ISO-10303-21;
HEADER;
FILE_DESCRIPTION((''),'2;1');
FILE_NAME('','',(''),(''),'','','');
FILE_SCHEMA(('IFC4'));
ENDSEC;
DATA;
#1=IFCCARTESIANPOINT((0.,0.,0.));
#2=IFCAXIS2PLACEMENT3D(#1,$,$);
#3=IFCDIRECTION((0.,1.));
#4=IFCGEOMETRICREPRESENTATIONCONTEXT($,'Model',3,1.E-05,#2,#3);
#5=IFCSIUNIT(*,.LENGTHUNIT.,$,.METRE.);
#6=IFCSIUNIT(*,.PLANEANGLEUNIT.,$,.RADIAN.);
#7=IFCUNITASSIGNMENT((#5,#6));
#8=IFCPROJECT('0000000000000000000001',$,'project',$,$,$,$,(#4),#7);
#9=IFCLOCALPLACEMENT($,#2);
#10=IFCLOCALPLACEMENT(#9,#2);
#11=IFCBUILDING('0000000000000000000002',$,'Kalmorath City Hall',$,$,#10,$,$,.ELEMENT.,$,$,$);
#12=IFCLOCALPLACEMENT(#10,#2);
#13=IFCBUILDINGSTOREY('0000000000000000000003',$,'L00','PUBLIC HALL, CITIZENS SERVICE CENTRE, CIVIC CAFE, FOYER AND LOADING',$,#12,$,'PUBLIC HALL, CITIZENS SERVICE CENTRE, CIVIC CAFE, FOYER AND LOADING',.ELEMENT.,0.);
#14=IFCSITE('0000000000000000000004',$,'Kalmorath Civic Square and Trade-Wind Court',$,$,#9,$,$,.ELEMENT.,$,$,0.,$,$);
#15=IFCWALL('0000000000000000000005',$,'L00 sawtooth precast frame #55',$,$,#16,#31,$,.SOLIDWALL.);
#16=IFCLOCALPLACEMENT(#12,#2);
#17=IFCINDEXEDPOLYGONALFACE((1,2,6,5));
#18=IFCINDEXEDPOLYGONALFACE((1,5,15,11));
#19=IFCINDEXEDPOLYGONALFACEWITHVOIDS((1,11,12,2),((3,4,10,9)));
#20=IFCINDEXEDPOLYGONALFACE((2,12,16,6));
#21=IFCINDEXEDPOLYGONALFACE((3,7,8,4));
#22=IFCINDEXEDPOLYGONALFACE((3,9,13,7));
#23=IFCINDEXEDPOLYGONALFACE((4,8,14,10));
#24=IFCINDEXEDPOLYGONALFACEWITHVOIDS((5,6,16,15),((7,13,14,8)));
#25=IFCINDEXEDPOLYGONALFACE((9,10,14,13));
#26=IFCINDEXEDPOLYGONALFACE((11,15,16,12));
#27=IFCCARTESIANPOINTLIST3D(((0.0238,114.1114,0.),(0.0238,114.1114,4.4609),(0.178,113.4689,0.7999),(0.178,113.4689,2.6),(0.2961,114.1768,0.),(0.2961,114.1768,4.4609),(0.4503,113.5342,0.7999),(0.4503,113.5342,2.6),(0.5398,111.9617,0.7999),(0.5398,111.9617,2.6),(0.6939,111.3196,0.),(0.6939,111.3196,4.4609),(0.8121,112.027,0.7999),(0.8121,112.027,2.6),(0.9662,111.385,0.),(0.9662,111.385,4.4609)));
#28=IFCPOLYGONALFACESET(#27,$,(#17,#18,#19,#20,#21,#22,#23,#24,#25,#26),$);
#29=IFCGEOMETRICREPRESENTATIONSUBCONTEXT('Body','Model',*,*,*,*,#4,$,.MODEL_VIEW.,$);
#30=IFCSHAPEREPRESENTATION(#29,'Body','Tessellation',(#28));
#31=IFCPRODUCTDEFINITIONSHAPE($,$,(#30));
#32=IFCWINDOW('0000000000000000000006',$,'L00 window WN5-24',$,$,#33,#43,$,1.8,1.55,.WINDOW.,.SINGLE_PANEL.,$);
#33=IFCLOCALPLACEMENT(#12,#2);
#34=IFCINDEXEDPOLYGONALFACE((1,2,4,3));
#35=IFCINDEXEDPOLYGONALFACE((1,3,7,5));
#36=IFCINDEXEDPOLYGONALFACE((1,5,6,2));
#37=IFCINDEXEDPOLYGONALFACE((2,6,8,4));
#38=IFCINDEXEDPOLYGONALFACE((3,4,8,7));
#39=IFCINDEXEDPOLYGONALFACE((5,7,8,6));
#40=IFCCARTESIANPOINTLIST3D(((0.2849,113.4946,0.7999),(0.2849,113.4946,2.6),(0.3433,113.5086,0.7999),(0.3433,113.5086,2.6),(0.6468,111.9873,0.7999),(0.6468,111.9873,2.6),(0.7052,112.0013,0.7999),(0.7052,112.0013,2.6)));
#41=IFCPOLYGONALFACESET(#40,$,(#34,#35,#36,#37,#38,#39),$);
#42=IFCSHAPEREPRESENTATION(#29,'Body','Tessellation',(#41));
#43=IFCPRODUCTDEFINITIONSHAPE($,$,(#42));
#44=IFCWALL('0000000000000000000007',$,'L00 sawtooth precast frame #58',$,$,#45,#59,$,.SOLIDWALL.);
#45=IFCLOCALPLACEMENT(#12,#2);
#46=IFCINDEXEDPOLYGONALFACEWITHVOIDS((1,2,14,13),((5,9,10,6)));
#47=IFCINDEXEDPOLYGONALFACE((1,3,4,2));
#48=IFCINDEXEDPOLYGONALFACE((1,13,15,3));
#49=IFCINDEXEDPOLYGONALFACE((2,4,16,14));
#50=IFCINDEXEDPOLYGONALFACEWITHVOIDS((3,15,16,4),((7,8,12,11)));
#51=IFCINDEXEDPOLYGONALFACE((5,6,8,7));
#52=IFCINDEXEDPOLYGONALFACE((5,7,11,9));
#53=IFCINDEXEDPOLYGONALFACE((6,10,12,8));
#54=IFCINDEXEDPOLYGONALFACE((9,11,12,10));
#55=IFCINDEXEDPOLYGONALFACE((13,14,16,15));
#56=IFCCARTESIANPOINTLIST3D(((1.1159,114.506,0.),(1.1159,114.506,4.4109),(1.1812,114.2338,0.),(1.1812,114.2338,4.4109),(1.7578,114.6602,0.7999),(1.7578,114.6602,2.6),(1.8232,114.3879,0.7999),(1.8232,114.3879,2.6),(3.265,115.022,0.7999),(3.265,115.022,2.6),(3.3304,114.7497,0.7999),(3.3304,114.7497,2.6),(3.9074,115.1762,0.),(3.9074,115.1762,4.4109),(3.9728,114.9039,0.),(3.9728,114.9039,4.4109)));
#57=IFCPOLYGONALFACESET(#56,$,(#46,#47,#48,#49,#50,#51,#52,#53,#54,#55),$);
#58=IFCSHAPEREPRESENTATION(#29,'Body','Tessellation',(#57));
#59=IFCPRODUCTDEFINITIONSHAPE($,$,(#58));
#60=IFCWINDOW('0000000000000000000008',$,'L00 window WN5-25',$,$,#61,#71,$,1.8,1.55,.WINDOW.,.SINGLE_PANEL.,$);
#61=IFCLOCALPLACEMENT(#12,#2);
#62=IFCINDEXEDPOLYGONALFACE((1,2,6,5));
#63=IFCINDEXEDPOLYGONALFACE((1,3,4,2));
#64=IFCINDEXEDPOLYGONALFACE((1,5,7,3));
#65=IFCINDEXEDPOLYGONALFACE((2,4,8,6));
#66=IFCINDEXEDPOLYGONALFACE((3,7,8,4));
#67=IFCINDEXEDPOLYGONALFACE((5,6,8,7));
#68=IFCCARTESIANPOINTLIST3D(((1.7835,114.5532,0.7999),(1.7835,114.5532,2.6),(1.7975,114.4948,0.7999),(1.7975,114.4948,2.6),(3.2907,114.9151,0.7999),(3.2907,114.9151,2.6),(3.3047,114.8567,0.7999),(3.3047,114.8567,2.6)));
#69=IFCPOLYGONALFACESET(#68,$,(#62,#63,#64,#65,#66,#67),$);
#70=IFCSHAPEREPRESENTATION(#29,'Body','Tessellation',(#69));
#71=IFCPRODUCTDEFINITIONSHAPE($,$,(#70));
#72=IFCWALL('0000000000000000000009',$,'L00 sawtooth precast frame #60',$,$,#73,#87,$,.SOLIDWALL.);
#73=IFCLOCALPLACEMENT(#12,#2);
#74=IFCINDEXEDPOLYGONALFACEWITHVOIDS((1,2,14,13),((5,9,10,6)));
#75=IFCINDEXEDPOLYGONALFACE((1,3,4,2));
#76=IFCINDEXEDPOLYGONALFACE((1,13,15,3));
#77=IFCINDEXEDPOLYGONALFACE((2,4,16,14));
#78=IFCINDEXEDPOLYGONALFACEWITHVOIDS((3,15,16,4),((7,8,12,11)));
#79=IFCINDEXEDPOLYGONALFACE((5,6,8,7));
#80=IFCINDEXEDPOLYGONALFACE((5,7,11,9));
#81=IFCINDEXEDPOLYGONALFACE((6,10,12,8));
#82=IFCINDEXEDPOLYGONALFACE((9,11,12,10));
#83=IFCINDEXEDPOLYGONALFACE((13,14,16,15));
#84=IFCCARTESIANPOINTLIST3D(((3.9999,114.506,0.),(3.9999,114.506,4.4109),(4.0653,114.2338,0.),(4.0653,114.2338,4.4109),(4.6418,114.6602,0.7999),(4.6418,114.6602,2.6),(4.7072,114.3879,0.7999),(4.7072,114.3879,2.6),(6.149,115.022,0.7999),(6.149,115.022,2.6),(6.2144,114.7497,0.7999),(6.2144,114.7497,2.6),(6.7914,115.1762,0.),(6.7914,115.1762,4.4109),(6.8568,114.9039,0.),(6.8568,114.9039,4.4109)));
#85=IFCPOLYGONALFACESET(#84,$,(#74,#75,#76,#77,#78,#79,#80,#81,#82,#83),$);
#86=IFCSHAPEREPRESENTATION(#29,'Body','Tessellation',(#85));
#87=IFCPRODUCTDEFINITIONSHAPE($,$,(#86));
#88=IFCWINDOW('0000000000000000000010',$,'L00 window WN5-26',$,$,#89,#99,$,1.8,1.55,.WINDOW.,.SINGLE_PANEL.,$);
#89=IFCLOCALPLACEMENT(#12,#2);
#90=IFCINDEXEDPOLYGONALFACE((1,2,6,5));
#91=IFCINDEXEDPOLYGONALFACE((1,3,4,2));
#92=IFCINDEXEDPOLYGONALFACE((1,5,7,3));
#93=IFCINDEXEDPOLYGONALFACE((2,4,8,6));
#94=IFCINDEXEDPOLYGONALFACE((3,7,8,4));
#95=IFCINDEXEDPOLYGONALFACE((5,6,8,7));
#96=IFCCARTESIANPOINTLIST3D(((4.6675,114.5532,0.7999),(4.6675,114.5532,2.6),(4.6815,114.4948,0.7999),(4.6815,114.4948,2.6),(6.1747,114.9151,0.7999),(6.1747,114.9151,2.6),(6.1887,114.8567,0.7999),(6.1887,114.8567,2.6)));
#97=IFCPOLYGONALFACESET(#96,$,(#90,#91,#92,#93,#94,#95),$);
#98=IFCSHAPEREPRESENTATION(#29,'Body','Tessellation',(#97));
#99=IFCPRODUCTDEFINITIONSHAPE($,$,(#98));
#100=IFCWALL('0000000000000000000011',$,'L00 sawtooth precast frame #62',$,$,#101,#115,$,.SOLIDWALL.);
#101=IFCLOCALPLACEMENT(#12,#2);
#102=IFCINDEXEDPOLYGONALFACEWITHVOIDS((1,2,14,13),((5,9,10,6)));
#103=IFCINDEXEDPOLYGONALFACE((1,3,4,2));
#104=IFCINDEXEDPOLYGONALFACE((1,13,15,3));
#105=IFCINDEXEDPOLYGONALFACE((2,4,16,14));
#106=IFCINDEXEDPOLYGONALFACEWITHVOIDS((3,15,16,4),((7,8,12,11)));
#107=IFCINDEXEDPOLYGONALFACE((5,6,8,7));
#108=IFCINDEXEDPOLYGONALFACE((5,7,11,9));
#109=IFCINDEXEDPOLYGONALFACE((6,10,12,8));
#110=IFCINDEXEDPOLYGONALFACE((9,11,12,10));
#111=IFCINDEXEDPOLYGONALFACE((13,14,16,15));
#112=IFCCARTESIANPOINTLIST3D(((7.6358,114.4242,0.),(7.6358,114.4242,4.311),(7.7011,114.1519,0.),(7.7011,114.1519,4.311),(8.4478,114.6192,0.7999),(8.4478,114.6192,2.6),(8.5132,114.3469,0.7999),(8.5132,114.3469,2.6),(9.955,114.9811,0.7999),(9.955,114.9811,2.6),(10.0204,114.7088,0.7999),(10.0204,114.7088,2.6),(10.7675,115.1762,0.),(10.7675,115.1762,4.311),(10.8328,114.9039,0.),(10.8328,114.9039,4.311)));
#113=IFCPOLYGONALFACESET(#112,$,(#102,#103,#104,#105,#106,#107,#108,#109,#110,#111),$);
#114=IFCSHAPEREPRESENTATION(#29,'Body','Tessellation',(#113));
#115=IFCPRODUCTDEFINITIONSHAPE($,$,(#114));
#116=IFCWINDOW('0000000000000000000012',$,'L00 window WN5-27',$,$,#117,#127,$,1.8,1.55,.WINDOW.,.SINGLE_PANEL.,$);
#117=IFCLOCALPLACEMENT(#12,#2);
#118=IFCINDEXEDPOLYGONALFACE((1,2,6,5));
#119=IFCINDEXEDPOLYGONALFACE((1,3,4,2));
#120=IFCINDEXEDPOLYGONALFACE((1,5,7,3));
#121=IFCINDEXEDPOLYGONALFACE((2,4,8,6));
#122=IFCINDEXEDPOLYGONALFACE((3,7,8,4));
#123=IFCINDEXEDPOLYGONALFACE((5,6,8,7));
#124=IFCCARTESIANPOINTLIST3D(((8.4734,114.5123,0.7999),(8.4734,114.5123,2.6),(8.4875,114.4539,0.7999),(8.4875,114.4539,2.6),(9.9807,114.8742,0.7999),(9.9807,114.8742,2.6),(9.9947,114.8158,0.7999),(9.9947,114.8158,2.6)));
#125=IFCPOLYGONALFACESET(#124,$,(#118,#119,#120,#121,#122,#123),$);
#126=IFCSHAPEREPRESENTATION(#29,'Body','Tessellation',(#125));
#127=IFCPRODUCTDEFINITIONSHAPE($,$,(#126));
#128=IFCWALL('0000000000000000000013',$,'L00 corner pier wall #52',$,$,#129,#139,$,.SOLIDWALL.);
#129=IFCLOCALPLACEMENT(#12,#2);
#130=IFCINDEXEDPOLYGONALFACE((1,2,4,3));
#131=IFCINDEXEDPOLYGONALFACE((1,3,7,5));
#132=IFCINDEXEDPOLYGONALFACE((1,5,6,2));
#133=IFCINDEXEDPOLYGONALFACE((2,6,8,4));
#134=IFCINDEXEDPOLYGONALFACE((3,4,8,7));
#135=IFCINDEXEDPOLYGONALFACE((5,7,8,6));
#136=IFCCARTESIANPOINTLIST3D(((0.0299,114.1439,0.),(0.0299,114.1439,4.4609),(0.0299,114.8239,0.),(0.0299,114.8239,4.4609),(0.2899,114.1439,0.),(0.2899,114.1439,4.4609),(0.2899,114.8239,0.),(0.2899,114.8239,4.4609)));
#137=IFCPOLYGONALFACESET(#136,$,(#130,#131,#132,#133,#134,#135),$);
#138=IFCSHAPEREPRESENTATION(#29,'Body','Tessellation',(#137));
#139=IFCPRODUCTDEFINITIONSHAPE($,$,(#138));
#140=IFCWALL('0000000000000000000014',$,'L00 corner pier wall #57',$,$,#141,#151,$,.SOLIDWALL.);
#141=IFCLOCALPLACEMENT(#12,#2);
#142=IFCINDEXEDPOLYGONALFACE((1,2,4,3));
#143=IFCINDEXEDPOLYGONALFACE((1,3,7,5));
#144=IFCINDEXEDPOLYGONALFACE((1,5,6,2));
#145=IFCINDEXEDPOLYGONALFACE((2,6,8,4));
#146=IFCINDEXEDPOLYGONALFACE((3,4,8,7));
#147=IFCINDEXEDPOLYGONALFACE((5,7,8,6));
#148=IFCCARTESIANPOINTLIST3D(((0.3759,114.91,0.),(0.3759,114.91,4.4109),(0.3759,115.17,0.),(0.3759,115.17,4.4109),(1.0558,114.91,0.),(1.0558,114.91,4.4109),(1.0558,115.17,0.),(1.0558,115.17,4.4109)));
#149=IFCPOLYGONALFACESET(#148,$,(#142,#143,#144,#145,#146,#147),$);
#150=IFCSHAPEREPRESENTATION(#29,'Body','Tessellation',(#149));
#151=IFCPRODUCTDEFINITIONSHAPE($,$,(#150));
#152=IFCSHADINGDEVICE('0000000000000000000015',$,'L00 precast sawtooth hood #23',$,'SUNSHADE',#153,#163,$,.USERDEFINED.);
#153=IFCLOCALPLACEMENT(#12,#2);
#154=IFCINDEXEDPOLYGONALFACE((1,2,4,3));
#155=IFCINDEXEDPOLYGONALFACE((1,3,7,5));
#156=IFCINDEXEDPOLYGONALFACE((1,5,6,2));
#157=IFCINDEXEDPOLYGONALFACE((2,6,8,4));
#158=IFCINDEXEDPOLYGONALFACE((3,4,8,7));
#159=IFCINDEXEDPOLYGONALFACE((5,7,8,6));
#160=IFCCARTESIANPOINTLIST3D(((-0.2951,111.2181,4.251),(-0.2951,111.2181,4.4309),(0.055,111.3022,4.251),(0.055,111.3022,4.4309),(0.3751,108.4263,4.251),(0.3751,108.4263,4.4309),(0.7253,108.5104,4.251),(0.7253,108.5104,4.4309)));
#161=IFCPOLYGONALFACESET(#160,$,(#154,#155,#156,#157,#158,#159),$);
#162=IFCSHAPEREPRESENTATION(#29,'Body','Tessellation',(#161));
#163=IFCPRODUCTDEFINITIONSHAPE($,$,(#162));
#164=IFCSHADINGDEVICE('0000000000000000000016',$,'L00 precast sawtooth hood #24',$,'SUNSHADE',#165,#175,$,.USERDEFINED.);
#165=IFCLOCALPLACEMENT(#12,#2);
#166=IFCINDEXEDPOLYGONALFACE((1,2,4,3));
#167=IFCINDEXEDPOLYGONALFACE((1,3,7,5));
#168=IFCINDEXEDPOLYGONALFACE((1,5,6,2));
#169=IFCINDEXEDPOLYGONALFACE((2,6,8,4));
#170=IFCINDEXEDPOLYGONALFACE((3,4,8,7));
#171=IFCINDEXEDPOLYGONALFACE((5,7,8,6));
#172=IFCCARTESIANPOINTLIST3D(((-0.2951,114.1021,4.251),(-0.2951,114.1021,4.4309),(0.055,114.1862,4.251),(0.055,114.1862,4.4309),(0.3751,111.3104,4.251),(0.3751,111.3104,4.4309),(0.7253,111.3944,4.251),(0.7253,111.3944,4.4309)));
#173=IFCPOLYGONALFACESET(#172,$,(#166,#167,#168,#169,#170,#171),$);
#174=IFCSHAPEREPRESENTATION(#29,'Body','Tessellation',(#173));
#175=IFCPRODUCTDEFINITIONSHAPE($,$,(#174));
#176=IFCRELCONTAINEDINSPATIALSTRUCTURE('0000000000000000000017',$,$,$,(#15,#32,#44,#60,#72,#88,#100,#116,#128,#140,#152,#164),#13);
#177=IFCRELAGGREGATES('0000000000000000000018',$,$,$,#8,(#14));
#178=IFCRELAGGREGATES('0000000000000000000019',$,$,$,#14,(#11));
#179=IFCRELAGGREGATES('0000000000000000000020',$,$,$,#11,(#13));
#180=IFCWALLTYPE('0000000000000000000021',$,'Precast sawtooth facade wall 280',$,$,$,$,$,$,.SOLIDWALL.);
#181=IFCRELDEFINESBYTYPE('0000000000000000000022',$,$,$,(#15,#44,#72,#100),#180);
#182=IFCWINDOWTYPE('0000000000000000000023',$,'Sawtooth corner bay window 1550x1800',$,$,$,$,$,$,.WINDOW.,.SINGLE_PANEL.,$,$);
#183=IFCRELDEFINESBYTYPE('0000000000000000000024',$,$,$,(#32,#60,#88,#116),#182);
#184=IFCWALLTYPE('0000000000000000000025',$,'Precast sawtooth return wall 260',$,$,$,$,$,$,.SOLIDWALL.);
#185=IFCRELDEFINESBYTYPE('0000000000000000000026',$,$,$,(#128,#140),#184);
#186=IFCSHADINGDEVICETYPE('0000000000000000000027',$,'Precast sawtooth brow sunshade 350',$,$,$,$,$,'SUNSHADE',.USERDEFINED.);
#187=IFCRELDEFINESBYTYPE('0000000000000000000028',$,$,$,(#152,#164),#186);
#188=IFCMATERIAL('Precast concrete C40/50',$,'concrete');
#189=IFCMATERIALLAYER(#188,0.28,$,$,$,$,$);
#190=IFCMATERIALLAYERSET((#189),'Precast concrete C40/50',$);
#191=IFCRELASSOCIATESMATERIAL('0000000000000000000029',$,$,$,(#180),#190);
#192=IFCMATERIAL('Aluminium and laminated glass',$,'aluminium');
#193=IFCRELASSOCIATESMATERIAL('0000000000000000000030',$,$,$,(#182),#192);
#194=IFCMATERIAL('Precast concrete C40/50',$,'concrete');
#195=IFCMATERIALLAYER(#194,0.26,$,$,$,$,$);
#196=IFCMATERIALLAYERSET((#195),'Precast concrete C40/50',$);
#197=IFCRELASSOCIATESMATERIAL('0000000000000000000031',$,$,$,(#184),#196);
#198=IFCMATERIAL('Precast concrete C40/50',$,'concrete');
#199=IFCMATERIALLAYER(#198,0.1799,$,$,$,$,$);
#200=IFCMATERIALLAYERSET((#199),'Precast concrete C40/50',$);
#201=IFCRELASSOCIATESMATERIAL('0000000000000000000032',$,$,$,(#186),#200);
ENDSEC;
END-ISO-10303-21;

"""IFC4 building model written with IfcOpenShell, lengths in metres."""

from ifc_helpers import new_model, si_unit, direction, frame, frame_2d, origin, origin_2d, place, context, subcontext, project, spatial, rectangle, extrude, material, layer, layer_set, type_object, element, fill, save


model = new_model("IFC4")

# Units and contexts
model_context = context("Model", 3, precision=1e-05, world=origin(), true_north=direction((0.0, 1.0)))
body_context = subcontext(model_context, "Body", "Model", "MODEL_VIEW")
ifc_project = project(units=[si_unit("LENGTHUNIT", "METRE"), si_unit("PLANEANGLEUNIT", "RADIAN")], contexts=[model_context])

# Site, building, storey
site_placement = place(None, origin())
site = spatial("IfcSite", under=ifc_project, at=site_placement, Name="Kalmorath Civic Square and Trade-Wind Court", CompositionType="ELEMENT", RefElevation=0.0)
building_placement = place(site_placement, origin())
building = spatial("IfcBuilding", under=site, at=building_placement, Name="Kalmorath City Hall", CompositionType="ELEMENT")
storey_placement = place(building_placement, origin())
storey = spatial("IfcBuildingStorey", under=building, at=storey_placement, Name="L00", Description="PUBLIC HALL, CITIZENS SERVICE CENTRE, CIVIC CAFE, FOYER AND LOADING", LongName="PUBLIC HALL, CITIZENS SERVICE CENTRE, CIVIC CAFE, FOYER AND LOADING", CompositionType="ELEMENT", Elevation=0.0)

# Walls, openings, windows
ifc_material_1 = material(Name="Precast concrete C40/50", Category="concrete")
ifc_layer_1 = layer(ifc_material_1, 0.28)
ifc_layer_set_1 = layer_set([ifc_layer_1], Name="Precast concrete C40/50")
wall_type_1 = type_object("IfcWallType", Name="Precast sawtooth facade wall 280", PredefinedType="SOLIDWALL", material=ifc_layer_set_1)
ifc_material_2 = material(Name="Aluminium and laminated glass", Category="aluminium")
window_type = type_object("IfcWindowType", Name="Sawtooth corner bay window 1550x1800", PartitioningType="SINGLE_PANEL", PredefinedType="WINDOW", material=ifc_material_2)
wall_1_placement = place(storey_placement, frame((0.8301, 111.3523, 0.0), z_axis=(0.0, 0.0, 1.0), x_axis=(-0.233421, 0.972376, 0.0)))
wall_1 = element("IfcWall", 1, at=wall_1_placement, inside=storey, type_object=wall_type_1, Name="L00 sawtooth precast frame #55", PredefinedType="SOLIDWALL", context=body_context, shape_type="SweptSolid", body=[
    extrude(rectangle(XDim=2.8711, YDim=0.28, at=frame_2d((1.4355, 0.0))), origin(), (0.0, 0.0, 1.0), 4.4609),
])
opening_1_placement = place(wall_1_placement, frame((0.6604, 0.0, 0.8)))
opening_1 = element("IfcOpeningElement", 2, at=opening_1_placement, cuts=wall_1, PredefinedType="OPENING", context=body_context, shape_type="SweptSolid", body=[
    extrude(rectangle(XDim=1.55, YDim=1.8, at=frame_2d((0.7749, 0.8999))), frame((0.0, 0.1499, 0.0), z_axis=(0.0, -1.0, 0.0), x_axis=(1.0, 0.0, 0.0)), (0.0, 0.0, 1.0), 0.3),
])
window_1_placement = place(opening_1_placement, origin())
window_1 = element("IfcWindow", 3, at=window_1_placement, inside=storey, type_object=window_type, Name="L00 window WN5-24", OverallHeight=1.8, OverallWidth=1.55, PartitioningType="SINGLE_PANEL", PredefinedType="WINDOW", context=body_context, shape_type="SweptSolid", body=[
    extrude(rectangle(XDim=1.55, YDim=1.8, at=frame_2d((0.7749, 0.8999))), frame((0.0, 0.03, 0.0), z_axis=(0.0, -1.0, 0.0), x_axis=(1.0, 0.0, 0.0)), (0.0, 0.0, 1.0), 0.0601),
])
fill(opening_1, window_1)
wall_2_placement = place(storey_placement, frame((1.1484, 114.3699, 0.0), z_axis=(0.0, 0.0, 1.0), x_axis=(0.972371, 0.23344, 0.0)))
wall_2 = element("IfcWall", 4, at=wall_2_placement, inside=storey, type_object=wall_type_1, Name="L00 sawtooth precast frame #58", PredefinedType="SOLIDWALL", context=body_context, shape_type="SweptSolid", body=[
    extrude(rectangle(XDim=2.8708, YDim=0.28, at=frame_2d((1.4355, 0.0))), origin(), (0.0, 0.0, 1.0), 4.4109),
])
opening_2_placement = place(wall_2_placement, frame((0.6604, 0.0, 0.8)))
opening_2 = element("IfcOpeningElement", 5, at=opening_2_placement, cuts=wall_2, PredefinedType="OPENING", context=body_context, shape_type="SweptSolid", body=[
    extrude(rectangle(XDim=1.55, YDim=1.8, at=frame_2d((0.7749, 0.8999))), frame((0.0, 0.1499, 0.0), z_axis=(0.0, -1.0, 0.0), x_axis=(1.0, 0.0, 0.0)), (0.0, 0.0, 1.0), 0.3),
])
window_2_placement = place(opening_2_placement, origin())
window_2 = element("IfcWindow", 6, at=window_2_placement, inside=storey, type_object=window_type, Name="L00 window WN5-25", OverallHeight=1.8, OverallWidth=1.55, PartitioningType="SINGLE_PANEL", PredefinedType="WINDOW", context=body_context, shape_type="SweptSolid", body=[
    extrude(rectangle(XDim=1.55, YDim=1.8, at=frame_2d((0.7749, 0.8999))), frame((0.0, 0.03, 0.0), z_axis=(0.0, -1.0, 0.0), x_axis=(1.0, 0.0, 0.0)), (0.0, 0.0, 1.0), 0.0601),
])
fill(opening_2, window_2)
wall_3_placement = place(storey_placement, frame((4.0325, 114.3699, 0.0), z_axis=(0.0, 0.0, 1.0), x_axis=(0.972371, 0.23344, 0.0)))
wall_3 = element("IfcWall", 7, at=wall_3_placement, inside=storey, type_object=wall_type_1, Name="L00 sawtooth precast frame #60", PredefinedType="SOLIDWALL", context=body_context, shape_type="SweptSolid", body=[
    extrude(rectangle(XDim=2.8708, YDim=0.28, at=frame_2d((1.4355, 0.0))), origin(), (0.0, 0.0, 1.0), 4.4109),
])
opening_3_placement = place(wall_3_placement, frame((0.6604, 0.0, 0.8)))
opening_3 = element("IfcOpeningElement", 8, at=opening_3_placement, cuts=wall_3, PredefinedType="OPENING", context=body_context, shape_type="SweptSolid", body=[
    extrude(rectangle(XDim=1.55, YDim=1.8, at=frame_2d((0.7749, 0.8999))), frame((0.0, 0.1499, 0.0), z_axis=(0.0, -1.0, 0.0), x_axis=(1.0, 0.0, 0.0)), (0.0, 0.0, 1.0), 0.3),
])
window_3_placement = place(opening_3_placement, origin())
window_3 = element("IfcWindow", 9, at=window_3_placement, inside=storey, type_object=window_type, Name="L00 window WN5-26", OverallHeight=1.8, OverallWidth=1.55, PartitioningType="SINGLE_PANEL", PredefinedType="WINDOW", context=body_context, shape_type="SweptSolid", body=[
    extrude(rectangle(XDim=1.55, YDim=1.8, at=frame_2d((0.7749, 0.8999))), frame((0.0, 0.03, 0.0), z_axis=(0.0, -1.0, 0.0), x_axis=(1.0, 0.0, 0.0)), (0.0, 0.0, 1.0), 0.0601),
])
fill(opening_3, window_3)
wall_4_placement = place(storey_placement, frame((7.6685, 114.2881, 0.0), z_axis=(0.0, 0.0, 1.0), x_axis=(0.972361, 0.233482, 0.0)))
wall_4 = element("IfcWall", 10, at=wall_4_placement, inside=storey, type_object=wall_type_1, Name="L00 sawtooth precast frame #62", PredefinedType="SOLIDWALL", context=body_context, shape_type="SweptSolid", body=[
    extrude(rectangle(XDim=3.2207, YDim=0.28, at=frame_2d((1.6104, 0.0))), origin(), (0.0, 0.0, 1.0), 4.311),
])
opening_4_placement = place(wall_4_placement, frame((0.8352, 0.0, 0.8)))
opening_4 = element("IfcOpeningElement", 11, at=opening_4_placement, cuts=wall_4, PredefinedType="OPENING", context=body_context, shape_type="SweptSolid", body=[
    extrude(rectangle(XDim=1.55, YDim=1.8, at=frame_2d((0.7749, 0.8999))), frame((0.0, 0.1499, 0.0), z_axis=(0.0, -1.0, 0.0), x_axis=(1.0, 0.0, 0.0)), (0.0, 0.0, 1.0), 0.3),
])
window_4_placement = place(opening_4_placement, origin())
window_4 = element("IfcWindow", 12, at=window_4_placement, inside=storey, type_object=window_type, Name="L00 window WN5-27", OverallHeight=1.8, OverallWidth=1.55, PartitioningType="SINGLE_PANEL", PredefinedType="WINDOW", context=body_context, shape_type="SweptSolid", body=[
    extrude(rectangle(XDim=1.55, YDim=1.8, at=frame_2d((0.7749, 0.8999))), frame((0.0, 0.03, 0.0), z_axis=(0.0, -1.0, 0.0), x_axis=(1.0, 0.0, 0.0)), (0.0, 0.0, 1.0), 0.0601),
])
fill(opening_4, window_4)

# Walls
ifc_material_3 = material(Name="Precast concrete C40/50", Category="concrete")
ifc_layer_2 = layer(ifc_material_3, 0.26)
ifc_layer_set_2 = layer_set([ifc_layer_2], Name="Precast concrete C40/50")
wall_type_2 = type_object("IfcWallType", Name="Precast sawtooth return wall 260", PredefinedType="SOLIDWALL", material=ifc_layer_set_2)
wall_5_placement = place(storey_placement, frame((0.1599, 114.144, 0.0), z_axis=(0.0, 0.0, 1.0), x_axis=(0.0, 1.0, 0.0)))
element("IfcWall", 13, at=wall_5_placement, inside=storey, type_object=wall_type_2, Name="L00 corner pier wall #52", PredefinedType="SOLIDWALL", context=body_context, shape_type="SweptSolid", body=[
    extrude(rectangle(XDim=0.6799, YDim=0.26, at=frame_2d((0.3398, 0.0))), origin(), (0.0, 0.0, 1.0), 4.4609),
])
wall_6_placement = place(storey_placement, frame((0.376, 115.04, 0.0), z_axis=(0.0, 0.0, 1.0), x_axis=(1.0, 0.0, 0.0)))
element("IfcWall", 14, at=wall_6_placement, inside=storey, type_object=wall_type_2, Name="L00 corner pier wall #57", PredefinedType="SOLIDWALL", context=body_context, shape_type="SweptSolid", body=[
    extrude(rectangle(XDim=0.6799, YDim=0.26, at=frame_2d((0.3398, 0.0))), origin(), (0.0, 0.0, 1.0), 4.4109),
])

# Shading devices
ifc_material_4 = material(Name="Precast concrete C40/50", Category="concrete")
ifc_layer_3 = layer(ifc_material_4, 0.1799)
ifc_layer_set_3 = layer_set([ifc_layer_3], Name="Precast concrete C40/50")
shading_device_type = type_object("IfcShadingDeviceType", Name="Precast sawtooth brow sunshade 350", ElementType="SUNSHADE", PredefinedType="USERDEFINED", material=ifc_layer_set_3)
for number, where, z_axis, x_axis, name in (
    (15, (0.2151, 109.8643, 4.251), (0.0, 0.0, 1.0), (-0.233445, 0.97237, 0.0), "L00 precast sawtooth hood #23"),
    (16, (0.2151, 112.7483, 4.251), (0.0, 0.0, 1.0), (-0.233445, 0.97237, 0.0), "L00 precast sawtooth hood #24"),
):
    element("IfcShadingDevice", number, at=place(storey_placement, frame(where, z_axis=z_axis, x_axis=x_axis)), inside=storey, type_object=shading_device_type, Name=name, ObjectType="SUNSHADE", PredefinedType="USERDEFINED", context=body_context, shape_type="SweptSolid", body=[
        extrude(rectangle(XDim=2.8711, YDim=0.3601, at=origin_2d()), origin(), (0.0, 0.0, 1.0), 0.1799),
    ])

save(model, "model.ifc")
